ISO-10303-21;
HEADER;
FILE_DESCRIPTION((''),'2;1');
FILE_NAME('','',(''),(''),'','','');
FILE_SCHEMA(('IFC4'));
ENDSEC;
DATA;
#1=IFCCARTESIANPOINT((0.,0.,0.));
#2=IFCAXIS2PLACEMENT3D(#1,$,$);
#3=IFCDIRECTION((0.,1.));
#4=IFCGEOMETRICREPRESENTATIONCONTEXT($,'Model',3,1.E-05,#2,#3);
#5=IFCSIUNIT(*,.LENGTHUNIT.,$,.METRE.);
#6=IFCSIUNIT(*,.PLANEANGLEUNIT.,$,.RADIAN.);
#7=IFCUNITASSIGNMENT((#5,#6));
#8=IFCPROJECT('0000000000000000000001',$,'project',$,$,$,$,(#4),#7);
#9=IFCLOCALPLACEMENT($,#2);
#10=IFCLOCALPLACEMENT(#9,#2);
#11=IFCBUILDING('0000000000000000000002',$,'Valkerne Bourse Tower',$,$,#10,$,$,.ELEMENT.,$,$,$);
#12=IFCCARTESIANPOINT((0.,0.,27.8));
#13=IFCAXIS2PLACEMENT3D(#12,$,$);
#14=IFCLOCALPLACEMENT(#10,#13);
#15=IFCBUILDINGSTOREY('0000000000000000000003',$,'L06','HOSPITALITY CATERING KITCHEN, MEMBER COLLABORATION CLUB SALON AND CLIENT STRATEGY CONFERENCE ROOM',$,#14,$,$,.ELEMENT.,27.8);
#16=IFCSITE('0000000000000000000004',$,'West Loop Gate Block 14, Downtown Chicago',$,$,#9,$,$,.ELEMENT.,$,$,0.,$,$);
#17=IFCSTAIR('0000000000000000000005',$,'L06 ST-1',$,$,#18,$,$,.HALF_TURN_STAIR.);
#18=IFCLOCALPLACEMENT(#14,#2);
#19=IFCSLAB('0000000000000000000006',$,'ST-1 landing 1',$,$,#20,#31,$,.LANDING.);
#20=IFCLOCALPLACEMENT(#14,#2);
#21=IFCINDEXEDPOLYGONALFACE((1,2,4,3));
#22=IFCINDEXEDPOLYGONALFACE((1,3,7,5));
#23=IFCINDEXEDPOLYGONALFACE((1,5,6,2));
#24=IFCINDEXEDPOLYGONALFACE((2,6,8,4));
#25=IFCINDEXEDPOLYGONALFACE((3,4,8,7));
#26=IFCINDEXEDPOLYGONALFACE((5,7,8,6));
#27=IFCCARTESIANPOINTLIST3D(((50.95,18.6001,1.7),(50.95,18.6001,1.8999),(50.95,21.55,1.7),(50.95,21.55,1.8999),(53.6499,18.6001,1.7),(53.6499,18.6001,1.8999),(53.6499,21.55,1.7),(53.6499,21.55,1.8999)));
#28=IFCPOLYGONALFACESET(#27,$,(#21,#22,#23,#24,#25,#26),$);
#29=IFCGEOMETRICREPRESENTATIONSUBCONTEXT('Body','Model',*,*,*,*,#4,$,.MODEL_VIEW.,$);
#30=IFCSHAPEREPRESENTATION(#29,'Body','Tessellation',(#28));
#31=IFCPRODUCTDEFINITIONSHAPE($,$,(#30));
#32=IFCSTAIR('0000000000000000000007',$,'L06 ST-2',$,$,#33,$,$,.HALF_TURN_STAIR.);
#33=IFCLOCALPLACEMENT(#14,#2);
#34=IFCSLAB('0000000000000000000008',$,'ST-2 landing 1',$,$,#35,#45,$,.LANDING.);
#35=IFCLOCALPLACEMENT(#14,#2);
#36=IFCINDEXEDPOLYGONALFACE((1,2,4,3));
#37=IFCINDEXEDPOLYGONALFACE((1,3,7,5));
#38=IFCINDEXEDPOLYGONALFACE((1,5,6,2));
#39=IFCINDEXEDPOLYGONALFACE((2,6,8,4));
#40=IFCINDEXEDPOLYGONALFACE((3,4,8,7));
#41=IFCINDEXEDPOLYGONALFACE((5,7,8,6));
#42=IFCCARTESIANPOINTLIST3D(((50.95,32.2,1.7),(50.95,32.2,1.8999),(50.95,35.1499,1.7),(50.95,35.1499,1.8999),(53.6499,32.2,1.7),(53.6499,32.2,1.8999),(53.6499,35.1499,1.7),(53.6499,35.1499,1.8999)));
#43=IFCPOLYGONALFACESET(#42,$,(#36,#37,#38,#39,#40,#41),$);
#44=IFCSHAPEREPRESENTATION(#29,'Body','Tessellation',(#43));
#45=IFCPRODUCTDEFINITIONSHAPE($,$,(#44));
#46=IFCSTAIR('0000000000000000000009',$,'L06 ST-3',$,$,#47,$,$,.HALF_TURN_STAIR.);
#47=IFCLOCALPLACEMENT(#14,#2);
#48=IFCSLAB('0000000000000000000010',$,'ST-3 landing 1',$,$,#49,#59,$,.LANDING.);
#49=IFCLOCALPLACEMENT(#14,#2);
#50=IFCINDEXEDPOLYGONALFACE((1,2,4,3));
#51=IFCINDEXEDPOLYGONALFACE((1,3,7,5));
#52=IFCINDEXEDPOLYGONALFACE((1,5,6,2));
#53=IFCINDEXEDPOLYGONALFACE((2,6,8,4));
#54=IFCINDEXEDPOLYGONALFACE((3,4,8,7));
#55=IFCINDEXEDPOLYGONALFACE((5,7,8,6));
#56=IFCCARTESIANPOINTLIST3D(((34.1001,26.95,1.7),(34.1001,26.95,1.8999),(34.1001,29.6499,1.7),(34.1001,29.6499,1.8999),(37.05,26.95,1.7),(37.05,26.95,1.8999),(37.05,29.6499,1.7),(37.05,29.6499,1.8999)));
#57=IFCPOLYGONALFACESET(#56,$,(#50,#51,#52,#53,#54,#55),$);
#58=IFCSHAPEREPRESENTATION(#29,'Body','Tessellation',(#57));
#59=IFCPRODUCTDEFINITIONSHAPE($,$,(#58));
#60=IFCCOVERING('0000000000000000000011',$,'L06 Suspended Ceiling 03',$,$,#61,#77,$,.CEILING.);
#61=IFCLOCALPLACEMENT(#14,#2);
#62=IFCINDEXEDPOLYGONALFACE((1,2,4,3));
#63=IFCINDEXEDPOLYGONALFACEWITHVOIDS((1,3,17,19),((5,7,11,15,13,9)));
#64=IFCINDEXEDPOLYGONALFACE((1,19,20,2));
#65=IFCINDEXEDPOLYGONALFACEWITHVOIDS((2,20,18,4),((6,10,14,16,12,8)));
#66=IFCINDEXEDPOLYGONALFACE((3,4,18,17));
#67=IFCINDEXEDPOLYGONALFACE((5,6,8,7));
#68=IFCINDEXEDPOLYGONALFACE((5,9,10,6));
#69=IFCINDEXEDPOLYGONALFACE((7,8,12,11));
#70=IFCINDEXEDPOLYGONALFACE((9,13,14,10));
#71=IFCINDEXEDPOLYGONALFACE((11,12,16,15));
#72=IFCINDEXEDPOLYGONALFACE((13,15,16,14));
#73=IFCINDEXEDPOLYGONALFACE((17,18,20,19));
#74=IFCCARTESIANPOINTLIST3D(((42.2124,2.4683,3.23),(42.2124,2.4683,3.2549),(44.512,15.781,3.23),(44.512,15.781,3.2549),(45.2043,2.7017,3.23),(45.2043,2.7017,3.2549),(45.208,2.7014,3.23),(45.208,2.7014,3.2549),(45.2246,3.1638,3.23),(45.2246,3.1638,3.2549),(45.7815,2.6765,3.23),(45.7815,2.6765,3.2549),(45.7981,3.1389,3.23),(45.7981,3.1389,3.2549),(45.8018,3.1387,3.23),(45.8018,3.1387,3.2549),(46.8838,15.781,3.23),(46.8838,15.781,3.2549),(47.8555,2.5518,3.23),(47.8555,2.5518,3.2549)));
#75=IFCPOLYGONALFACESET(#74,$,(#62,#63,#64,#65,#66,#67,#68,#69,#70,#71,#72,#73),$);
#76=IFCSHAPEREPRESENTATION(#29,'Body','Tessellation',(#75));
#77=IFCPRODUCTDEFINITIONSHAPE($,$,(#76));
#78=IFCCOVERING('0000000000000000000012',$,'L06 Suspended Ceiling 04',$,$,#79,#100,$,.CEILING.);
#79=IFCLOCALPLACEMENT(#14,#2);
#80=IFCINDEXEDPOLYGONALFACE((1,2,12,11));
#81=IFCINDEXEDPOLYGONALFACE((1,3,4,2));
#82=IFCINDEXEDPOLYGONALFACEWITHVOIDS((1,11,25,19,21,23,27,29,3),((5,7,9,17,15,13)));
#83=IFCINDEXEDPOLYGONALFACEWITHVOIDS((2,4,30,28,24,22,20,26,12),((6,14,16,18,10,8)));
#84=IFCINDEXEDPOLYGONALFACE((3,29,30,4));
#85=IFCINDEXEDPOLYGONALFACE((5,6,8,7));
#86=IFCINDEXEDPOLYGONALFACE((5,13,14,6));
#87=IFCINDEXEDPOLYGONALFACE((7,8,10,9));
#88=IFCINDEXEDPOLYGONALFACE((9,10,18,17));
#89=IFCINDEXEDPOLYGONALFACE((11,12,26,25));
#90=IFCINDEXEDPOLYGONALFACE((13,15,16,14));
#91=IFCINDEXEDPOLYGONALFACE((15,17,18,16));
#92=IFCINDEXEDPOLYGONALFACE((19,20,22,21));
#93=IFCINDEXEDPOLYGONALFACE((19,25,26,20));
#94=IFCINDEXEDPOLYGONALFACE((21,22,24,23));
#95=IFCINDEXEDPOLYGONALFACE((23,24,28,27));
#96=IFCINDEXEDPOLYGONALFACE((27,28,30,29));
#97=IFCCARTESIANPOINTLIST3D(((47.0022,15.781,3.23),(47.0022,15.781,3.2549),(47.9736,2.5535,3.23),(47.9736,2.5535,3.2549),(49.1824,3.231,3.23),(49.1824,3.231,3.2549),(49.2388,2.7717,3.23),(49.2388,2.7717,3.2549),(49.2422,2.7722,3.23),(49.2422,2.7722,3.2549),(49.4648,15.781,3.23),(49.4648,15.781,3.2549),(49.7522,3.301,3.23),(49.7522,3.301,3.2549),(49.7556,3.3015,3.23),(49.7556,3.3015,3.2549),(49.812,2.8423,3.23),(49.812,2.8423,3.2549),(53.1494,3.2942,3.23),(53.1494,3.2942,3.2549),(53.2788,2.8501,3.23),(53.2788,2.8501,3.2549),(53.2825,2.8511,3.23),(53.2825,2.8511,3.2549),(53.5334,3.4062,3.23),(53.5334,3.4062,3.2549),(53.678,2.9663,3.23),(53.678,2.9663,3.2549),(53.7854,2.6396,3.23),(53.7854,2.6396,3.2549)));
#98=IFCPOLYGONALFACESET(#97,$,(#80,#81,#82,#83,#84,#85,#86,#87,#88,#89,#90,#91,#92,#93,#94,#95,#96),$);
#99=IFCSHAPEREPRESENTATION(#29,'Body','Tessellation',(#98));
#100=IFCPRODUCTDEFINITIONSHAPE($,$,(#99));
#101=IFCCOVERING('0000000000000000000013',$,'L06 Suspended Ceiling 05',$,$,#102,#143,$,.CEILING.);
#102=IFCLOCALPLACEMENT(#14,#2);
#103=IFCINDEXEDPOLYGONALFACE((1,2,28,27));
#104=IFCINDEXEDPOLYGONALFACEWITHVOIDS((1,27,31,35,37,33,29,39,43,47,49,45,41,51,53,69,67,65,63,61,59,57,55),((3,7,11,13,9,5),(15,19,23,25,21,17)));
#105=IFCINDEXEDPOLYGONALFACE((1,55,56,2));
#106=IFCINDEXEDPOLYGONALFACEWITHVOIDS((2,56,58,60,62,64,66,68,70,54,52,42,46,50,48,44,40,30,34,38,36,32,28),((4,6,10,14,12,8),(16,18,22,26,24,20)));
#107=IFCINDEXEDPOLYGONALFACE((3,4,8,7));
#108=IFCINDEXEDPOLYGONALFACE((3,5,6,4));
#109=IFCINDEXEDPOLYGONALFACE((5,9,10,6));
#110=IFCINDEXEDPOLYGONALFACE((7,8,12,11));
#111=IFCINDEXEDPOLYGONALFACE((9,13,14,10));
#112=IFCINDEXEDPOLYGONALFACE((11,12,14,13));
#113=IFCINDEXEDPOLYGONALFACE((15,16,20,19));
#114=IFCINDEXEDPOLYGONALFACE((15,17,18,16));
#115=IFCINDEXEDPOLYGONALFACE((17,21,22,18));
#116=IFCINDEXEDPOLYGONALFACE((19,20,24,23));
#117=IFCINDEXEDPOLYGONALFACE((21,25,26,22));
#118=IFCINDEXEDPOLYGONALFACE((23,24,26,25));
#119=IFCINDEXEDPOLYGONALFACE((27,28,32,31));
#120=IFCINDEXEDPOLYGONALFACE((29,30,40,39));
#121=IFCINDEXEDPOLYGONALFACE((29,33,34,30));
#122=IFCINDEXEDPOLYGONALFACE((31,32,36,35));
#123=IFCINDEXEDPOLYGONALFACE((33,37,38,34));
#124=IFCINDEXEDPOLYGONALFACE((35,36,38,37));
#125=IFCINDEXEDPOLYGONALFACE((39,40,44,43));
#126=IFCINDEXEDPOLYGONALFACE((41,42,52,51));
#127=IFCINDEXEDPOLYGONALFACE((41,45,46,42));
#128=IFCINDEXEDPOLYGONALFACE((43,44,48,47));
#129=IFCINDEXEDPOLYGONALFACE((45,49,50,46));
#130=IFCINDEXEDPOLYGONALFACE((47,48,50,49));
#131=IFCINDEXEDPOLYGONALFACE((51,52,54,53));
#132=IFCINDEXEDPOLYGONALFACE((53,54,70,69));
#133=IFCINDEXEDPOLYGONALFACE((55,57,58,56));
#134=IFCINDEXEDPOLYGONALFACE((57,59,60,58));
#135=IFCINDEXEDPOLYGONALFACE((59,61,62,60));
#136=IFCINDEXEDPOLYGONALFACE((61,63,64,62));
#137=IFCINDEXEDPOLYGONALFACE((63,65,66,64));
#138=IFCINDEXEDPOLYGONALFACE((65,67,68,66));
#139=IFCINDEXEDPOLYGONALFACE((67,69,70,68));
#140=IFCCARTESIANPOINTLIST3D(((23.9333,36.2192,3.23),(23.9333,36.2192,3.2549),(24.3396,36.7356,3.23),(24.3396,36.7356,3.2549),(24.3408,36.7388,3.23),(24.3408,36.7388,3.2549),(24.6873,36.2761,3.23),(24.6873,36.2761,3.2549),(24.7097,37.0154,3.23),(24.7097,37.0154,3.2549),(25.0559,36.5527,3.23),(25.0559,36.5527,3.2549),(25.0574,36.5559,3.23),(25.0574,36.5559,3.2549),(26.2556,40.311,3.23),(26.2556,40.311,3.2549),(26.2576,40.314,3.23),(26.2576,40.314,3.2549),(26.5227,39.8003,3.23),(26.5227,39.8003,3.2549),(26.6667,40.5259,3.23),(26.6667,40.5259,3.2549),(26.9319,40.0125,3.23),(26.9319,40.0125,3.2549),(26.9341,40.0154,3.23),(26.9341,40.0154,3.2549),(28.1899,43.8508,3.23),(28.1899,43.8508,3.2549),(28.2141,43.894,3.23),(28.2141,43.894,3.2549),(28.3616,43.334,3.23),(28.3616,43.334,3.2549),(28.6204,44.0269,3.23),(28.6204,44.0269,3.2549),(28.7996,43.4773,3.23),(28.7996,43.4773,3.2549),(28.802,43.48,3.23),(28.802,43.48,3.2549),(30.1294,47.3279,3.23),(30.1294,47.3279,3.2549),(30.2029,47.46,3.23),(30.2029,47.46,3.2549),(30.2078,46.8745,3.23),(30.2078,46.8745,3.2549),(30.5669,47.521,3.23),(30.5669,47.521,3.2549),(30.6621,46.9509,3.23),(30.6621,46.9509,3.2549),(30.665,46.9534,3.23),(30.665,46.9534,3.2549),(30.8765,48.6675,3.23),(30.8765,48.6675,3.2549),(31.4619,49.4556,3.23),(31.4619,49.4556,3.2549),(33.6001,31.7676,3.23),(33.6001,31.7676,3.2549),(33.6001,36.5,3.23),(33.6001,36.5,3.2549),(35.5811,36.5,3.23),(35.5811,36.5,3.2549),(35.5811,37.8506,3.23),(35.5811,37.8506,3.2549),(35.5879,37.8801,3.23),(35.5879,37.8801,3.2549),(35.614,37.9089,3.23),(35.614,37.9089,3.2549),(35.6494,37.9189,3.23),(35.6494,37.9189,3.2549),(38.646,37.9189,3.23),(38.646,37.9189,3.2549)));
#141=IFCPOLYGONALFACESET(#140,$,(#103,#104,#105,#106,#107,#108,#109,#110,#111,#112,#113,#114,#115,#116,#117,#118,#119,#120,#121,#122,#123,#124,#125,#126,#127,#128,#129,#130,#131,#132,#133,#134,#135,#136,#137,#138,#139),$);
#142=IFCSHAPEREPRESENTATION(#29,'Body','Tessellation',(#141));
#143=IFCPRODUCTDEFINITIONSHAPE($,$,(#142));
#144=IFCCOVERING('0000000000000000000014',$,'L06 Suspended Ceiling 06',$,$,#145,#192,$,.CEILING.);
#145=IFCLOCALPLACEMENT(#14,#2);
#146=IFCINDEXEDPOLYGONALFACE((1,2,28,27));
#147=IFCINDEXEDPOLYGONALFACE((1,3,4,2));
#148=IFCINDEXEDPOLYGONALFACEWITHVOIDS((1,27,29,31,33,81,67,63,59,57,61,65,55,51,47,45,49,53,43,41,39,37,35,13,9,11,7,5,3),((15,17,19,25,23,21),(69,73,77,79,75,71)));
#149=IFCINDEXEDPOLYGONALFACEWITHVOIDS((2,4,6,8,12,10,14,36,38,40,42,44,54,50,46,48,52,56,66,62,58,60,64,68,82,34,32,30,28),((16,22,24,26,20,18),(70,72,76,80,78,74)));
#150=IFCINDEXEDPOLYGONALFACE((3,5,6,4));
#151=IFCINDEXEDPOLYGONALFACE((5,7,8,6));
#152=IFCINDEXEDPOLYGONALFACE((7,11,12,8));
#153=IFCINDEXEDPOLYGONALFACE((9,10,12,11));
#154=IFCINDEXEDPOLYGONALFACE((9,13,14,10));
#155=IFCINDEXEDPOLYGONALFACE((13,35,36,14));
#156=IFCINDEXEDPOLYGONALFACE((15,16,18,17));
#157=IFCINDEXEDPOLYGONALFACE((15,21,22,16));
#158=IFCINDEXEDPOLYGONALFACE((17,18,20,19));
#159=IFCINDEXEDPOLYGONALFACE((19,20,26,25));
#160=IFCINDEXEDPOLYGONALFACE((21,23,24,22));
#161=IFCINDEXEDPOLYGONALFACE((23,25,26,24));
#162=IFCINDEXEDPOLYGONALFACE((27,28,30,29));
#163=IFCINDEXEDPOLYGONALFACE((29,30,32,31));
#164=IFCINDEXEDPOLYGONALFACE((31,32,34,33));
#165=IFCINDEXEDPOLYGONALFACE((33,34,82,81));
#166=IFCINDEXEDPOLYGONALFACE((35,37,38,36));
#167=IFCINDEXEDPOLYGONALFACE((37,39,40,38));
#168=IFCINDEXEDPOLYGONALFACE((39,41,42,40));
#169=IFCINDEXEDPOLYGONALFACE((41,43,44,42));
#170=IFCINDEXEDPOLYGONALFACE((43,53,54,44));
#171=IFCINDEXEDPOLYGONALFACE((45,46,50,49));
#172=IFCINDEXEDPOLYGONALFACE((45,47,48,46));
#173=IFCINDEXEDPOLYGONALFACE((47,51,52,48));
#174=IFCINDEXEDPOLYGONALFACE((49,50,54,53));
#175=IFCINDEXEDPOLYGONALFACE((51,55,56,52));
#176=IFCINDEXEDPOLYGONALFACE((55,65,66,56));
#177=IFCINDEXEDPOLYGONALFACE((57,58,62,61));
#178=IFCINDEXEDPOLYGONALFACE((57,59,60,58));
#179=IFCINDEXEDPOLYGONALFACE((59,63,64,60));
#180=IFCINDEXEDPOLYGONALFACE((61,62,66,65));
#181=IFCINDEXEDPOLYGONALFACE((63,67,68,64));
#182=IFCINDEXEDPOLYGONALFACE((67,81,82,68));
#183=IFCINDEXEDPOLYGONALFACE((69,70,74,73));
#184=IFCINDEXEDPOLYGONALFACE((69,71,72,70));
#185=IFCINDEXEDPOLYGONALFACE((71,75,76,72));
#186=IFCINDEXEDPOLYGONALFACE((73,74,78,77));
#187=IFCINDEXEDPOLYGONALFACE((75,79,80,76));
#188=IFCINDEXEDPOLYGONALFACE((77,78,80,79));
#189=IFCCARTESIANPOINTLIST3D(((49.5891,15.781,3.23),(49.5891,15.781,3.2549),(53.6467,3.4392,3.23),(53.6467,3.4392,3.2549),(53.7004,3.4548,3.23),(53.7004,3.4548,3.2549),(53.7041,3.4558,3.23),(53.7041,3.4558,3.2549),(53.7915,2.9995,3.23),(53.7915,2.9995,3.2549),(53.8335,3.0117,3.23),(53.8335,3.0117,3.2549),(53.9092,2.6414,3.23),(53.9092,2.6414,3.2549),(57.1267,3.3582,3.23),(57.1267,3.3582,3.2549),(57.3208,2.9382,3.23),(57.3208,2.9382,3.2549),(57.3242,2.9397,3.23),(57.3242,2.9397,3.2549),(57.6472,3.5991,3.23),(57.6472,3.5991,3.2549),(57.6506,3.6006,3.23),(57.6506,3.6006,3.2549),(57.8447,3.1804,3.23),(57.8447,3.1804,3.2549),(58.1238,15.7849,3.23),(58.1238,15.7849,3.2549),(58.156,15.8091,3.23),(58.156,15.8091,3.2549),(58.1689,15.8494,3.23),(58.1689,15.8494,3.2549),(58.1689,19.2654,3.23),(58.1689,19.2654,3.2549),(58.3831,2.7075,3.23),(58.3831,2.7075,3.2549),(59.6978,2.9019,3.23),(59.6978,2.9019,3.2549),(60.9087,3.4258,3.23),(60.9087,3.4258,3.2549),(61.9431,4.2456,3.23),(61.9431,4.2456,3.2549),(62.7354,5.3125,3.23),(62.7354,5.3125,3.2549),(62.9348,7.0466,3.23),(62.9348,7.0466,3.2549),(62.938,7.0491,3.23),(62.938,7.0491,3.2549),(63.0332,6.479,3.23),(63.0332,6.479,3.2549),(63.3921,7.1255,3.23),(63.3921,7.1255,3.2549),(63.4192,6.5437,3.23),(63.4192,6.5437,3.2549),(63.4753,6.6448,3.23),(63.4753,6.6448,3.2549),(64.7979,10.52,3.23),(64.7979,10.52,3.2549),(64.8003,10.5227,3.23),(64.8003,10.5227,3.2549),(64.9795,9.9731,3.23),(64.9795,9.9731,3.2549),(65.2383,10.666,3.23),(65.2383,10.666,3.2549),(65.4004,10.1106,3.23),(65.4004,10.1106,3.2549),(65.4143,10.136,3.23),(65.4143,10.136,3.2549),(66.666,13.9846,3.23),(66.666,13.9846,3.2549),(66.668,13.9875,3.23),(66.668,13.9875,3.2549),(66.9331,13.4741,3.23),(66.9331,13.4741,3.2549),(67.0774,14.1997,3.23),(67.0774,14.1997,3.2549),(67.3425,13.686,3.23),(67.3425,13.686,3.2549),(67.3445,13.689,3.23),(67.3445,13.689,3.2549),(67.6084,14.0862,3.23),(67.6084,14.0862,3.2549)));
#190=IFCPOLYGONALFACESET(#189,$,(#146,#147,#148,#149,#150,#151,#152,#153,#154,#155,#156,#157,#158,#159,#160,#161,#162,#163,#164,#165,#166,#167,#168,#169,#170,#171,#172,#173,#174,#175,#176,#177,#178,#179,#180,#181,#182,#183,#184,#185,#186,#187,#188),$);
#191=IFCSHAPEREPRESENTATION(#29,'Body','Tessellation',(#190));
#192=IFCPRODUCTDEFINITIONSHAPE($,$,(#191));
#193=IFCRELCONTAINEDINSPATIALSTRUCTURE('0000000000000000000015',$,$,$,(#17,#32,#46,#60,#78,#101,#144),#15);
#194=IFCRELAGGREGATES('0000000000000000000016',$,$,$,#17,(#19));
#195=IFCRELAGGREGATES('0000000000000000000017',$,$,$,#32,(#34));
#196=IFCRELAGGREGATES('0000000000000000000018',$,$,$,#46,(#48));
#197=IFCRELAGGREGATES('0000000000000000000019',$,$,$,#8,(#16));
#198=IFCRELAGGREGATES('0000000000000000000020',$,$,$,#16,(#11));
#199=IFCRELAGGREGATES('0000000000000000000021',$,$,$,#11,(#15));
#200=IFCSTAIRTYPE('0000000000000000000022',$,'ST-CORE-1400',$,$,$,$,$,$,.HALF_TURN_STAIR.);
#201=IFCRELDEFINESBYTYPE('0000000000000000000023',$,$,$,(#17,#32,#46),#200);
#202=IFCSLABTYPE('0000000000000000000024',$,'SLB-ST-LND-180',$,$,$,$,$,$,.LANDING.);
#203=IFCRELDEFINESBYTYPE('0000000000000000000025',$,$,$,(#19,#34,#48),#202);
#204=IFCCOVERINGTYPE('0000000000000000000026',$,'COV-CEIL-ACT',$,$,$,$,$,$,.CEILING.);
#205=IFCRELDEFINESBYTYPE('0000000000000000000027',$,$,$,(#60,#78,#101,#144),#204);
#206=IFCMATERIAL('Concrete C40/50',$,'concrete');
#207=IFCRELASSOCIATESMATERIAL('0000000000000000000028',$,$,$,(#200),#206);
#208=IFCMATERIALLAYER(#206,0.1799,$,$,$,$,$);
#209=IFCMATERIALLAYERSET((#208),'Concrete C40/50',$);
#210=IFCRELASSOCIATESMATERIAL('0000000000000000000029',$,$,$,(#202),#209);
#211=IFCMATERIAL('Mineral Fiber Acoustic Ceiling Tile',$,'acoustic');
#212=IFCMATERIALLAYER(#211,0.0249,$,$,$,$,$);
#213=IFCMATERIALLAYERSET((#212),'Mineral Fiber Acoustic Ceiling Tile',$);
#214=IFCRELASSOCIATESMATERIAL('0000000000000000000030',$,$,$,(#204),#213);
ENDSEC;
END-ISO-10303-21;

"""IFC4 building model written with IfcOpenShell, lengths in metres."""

from ifc_helpers import new_model, si_unit, direction, frame, origin, place, context, subcontext, project, spatial, polyline, outline, extrude, material, layer, layer_set, type_object, element, aggregate, save


model = new_model("IFC4")

# Units and contexts
model_context = context("Model", 3, precision=1e-05, world=origin(), true_north=direction((0.0, 1.0)))
body_context = subcontext(model_context, "Body", "Model", "MODEL_VIEW")
ifc_project = project(units=[si_unit("LENGTHUNIT", "METRE"), si_unit("PLANEANGLEUNIT", "RADIAN")], contexts=[model_context])

# Site, building, storey
site_placement = place(None, origin())
site = spatial("IfcSite", under=ifc_project, at=site_placement, Name="West Loop Gate Block 14, Downtown Chicago", CompositionType="ELEMENT", RefElevation=0.0)
building_placement = place(site_placement, origin())
building = spatial("IfcBuilding", under=site, at=building_placement, Name="Valkerne Bourse Tower", CompositionType="ELEMENT")
storey_placement = place(building_placement, frame((0.0, 0.0, 27.8)))
storey = spatial("IfcBuildingStorey", under=building, at=storey_placement, Name="L06", Description="HOSPITALITY CATERING KITCHEN, MEMBER COLLABORATION CLUB SALON AND CLIENT STRATEGY CONFERENCE ROOM", CompositionType="ELEMENT", Elevation=27.8)

# Stairs, slabs
ifc_material_1 = material(Name="Concrete C40/50", Category="concrete")
stair_type = type_object("IfcStairType", Name="ST-CORE-1400", PredefinedType="HALF_TURN_STAIR", material=ifc_material_1)
stair_1_placement = place(storey_placement, origin())
stair_1 = element("IfcStair", 1, at=stair_1_placement, inside=storey, type_object=stair_type, Name="L06 ST-1", PredefinedType="HALF_TURN_STAIR")
ifc_layer_1 = layer(ifc_material_1, 0.1799)
ifc_layer_set_1 = layer_set([ifc_layer_1], Name="Concrete C40/50")
slab_type = type_object("IfcSlabType", Name="SLB-ST-LND-180", PredefinedType="LANDING", material=ifc_layer_set_1)
slab_1_placement = place(storey_placement, frame((0.0, 0.0, 1.7)))
slab_1 = element("IfcSlab", 2, at=slab_1_placement, type_object=slab_type, Name="ST-1 landing 1", PredefinedType="LANDING", context=body_context, shape_type="SweptSolid", body=[
    extrude(outline(polyline([(50.95, 18.6001), (53.6499, 18.6001), (53.6499, 21.55), (50.95, 21.55), (50.95, 18.6001)])), origin(), (0.0, 0.0, 1.0), 0.2),
])
aggregate(stair_1, [slab_1])
stair_2_placement = place(storey_placement, origin())
stair_2 = element("IfcStair", 3, at=stair_2_placement, inside=storey, type_object=stair_type, Name="L06 ST-2", PredefinedType="HALF_TURN_STAIR")
slab_2_placement = place(storey_placement, frame((0.0, 0.0, 1.7)))
slab_2 = element("IfcSlab", 4, at=slab_2_placement, type_object=slab_type, Name="ST-2 landing 1", PredefinedType="LANDING", context=body_context, shape_type="SweptSolid", body=[
    extrude(outline(polyline([(50.95, 32.2), (53.6499, 32.2), (53.6499, 35.1499), (50.95, 35.1499), (50.95, 32.2)])), origin(), (0.0, 0.0, 1.0), 0.2),
])
aggregate(stair_2, [slab_2])
stair_3_placement = place(storey_placement, origin())
stair_3 = element("IfcStair", 5, at=stair_3_placement, inside=storey, type_object=stair_type, Name="L06 ST-3", PredefinedType="HALF_TURN_STAIR")
slab_3_placement = place(storey_placement, frame((0.0, 0.0, 1.7)))
slab_3 = element("IfcSlab", 6, at=slab_3_placement, type_object=slab_type, Name="ST-3 landing 1", PredefinedType="LANDING", context=body_context, shape_type="SweptSolid", body=[
    extrude(outline(polyline([(37.05, 26.95), (37.05, 29.6499), (34.1001, 29.6499), (34.1001, 26.95), (37.05, 26.95)])), origin(), (0.0, 0.0, 1.0), 0.2),
])
aggregate(stair_3, [slab_3])

# Coverings
ifc_material_2 = material(Name="Mineral Fiber Acoustic Ceiling Tile", Category="acoustic")
ifc_layer_2 = layer(ifc_material_2, 0.0249)
ifc_layer_set_2 = layer_set([ifc_layer_2], Name="Mineral Fiber Acoustic Ceiling Tile")
covering_type_1 = type_object("IfcCoveringType", Name="COV-CEIL-ACT", PredefinedType="CEILING", material=ifc_layer_set_2)
covering_1_placement = place(storey_placement, frame((0.0, 0.0, 3.23)))
element("IfcCovering", 7, at=covering_1_placement, inside=storey, type_object=covering_type_1, Name="L06 Suspended Ceiling 03", PredefinedType="CEILING", context=body_context, shape_type="SweptSolid", body=[
    extrude(outline(polyline([(46.8838, 15.781), (47.8555, 2.5518), (42.2124, 2.4683), (44.512, 15.781), (46.8838, 15.781)]), holes=[polyline([(45.8018, 3.1387), (45.7981, 3.1389), (45.2246, 3.1638), (45.2043, 2.7017), (45.208, 2.7014), (45.7815, 2.6765), (45.8018, 3.1387)])]), origin(), (0.0, 0.0, 1.0), 0.0249),
])
covering_2_placement = place(storey_placement, frame((0.0, 0.0, 3.23)))
element("IfcCovering", 8, at=covering_2_placement, inside=storey, type_object=covering_type_1, Name="L06 Suspended Ceiling 04", PredefinedType="CEILING", context=body_context, shape_type="SweptSolid", body=[
    extrude(outline(polyline([(49.4648, 15.781), (53.5334, 3.4062), (53.1494, 3.2942), (53.2788, 2.8501), (53.2825, 2.8511), (53.678, 2.9663), (53.7854, 2.6396), (47.9736, 2.5535), (47.0022, 15.781), (49.4648, 15.781)]), holes=[polyline([(49.2422, 2.7722), (49.812, 2.8423), (49.7556, 3.3015), (49.7522, 3.301), (49.1824, 3.231), (49.2388, 2.7717), (49.2422, 2.7722)])]), origin(), (0.0, 0.0, 1.0), 0.0249),
])
covering_3_placement = place(storey_placement, frame((0.0, 0.0, 3.23)))
element("IfcCovering", 9, at=covering_3_placement, inside=storey, type_object=covering_type_1, Name="L06 Suspended Ceiling 05", PredefinedType="CEILING", context=body_context, shape_type="SweptSolid", body=[
    extrude(outline(polyline([(38.646, 37.9189), (35.6494, 37.9189), (35.614, 37.9089), (35.5879, 37.8801), (35.5811, 37.8506), (35.5811, 36.5), (33.6001, 36.5), (33.6001, 31.7676), (23.9333, 36.2192), (28.1899, 43.8508), (28.3616, 43.334), (28.7996, 43.4773), (28.802, 43.48), (28.6204, 44.0269), (28.2141, 43.894), (30.1294, 47.3279), (30.2078, 46.8745), (30.6621, 46.9509), (30.665, 46.9534), (30.5669, 47.521), (30.2029, 47.46), (30.8765, 48.6675), (31.4619, 49.4556), (38.646, 37.9189)]), holes=[polyline([(25.0574, 36.5559), (24.7097, 37.0154), (24.3408, 36.7388), (24.3396, 36.7356), (24.6873, 36.2761), (25.0559, 36.5527), (25.0574, 36.5559)]), polyline([(26.9319, 40.0125), (26.9341, 40.0154), (26.6667, 40.5259), (26.2576, 40.314), (26.2556, 40.311), (26.5227, 39.8003), (26.9319, 40.0125)])]), origin(), (0.0, 0.0, 1.0), 0.0249),
])
covering_4_placement = place(storey_placement, frame((0.0, 0.0, 3.23)))
element("IfcCovering", 10, at=covering_4_placement, inside=storey, type_object=covering_type_1, Name="L06 Suspended Ceiling 06", PredefinedType="CEILING", context=body_context, shape_type="SweptSolid", body=[
    extrude(outline(polyline([(59.6978, 2.9019), (58.3831, 2.7075), (53.9092, 2.6414), (53.7915, 2.9995), (53.8335, 3.0117), (53.7041, 3.4558), (53.7004, 3.4548), (53.6467, 3.4392), (49.5891, 15.781), (58.1238, 15.7849), (58.156, 15.8091), (58.1689, 15.8494), (58.1689, 19.2654), (67.6084, 14.0862), (65.4143, 10.136), (65.2383, 10.666), (64.8003, 10.5227), (64.7979, 10.52), (64.9795, 9.9731), (65.4004, 10.1106), (63.4753, 6.6448), (63.3921, 7.1255), (62.938, 7.0491), (62.9348, 7.0466), (63.0332, 6.479), (63.4192, 6.5437), (62.7354, 5.3125), (61.9431, 4.2456), (60.9087, 3.4258), (59.6978, 2.9019)]), holes=[polyline([(57.8447, 3.1804), (57.6506, 3.6006), (57.6472, 3.5991), (57.1267, 3.3582), (57.3208, 2.9382), (57.3242, 2.9397), (57.8447, 3.1804)]), polyline([(67.3445, 13.689), (67.0774, 14.1997), (66.668, 13.9875), (66.666, 13.9846), (66.9331, 13.4741), (67.3425, 13.686), (67.3445, 13.689)])]), origin(), (0.0, 0.0, 1.0), 0.0249),
])

save(model, "model.ifc")
